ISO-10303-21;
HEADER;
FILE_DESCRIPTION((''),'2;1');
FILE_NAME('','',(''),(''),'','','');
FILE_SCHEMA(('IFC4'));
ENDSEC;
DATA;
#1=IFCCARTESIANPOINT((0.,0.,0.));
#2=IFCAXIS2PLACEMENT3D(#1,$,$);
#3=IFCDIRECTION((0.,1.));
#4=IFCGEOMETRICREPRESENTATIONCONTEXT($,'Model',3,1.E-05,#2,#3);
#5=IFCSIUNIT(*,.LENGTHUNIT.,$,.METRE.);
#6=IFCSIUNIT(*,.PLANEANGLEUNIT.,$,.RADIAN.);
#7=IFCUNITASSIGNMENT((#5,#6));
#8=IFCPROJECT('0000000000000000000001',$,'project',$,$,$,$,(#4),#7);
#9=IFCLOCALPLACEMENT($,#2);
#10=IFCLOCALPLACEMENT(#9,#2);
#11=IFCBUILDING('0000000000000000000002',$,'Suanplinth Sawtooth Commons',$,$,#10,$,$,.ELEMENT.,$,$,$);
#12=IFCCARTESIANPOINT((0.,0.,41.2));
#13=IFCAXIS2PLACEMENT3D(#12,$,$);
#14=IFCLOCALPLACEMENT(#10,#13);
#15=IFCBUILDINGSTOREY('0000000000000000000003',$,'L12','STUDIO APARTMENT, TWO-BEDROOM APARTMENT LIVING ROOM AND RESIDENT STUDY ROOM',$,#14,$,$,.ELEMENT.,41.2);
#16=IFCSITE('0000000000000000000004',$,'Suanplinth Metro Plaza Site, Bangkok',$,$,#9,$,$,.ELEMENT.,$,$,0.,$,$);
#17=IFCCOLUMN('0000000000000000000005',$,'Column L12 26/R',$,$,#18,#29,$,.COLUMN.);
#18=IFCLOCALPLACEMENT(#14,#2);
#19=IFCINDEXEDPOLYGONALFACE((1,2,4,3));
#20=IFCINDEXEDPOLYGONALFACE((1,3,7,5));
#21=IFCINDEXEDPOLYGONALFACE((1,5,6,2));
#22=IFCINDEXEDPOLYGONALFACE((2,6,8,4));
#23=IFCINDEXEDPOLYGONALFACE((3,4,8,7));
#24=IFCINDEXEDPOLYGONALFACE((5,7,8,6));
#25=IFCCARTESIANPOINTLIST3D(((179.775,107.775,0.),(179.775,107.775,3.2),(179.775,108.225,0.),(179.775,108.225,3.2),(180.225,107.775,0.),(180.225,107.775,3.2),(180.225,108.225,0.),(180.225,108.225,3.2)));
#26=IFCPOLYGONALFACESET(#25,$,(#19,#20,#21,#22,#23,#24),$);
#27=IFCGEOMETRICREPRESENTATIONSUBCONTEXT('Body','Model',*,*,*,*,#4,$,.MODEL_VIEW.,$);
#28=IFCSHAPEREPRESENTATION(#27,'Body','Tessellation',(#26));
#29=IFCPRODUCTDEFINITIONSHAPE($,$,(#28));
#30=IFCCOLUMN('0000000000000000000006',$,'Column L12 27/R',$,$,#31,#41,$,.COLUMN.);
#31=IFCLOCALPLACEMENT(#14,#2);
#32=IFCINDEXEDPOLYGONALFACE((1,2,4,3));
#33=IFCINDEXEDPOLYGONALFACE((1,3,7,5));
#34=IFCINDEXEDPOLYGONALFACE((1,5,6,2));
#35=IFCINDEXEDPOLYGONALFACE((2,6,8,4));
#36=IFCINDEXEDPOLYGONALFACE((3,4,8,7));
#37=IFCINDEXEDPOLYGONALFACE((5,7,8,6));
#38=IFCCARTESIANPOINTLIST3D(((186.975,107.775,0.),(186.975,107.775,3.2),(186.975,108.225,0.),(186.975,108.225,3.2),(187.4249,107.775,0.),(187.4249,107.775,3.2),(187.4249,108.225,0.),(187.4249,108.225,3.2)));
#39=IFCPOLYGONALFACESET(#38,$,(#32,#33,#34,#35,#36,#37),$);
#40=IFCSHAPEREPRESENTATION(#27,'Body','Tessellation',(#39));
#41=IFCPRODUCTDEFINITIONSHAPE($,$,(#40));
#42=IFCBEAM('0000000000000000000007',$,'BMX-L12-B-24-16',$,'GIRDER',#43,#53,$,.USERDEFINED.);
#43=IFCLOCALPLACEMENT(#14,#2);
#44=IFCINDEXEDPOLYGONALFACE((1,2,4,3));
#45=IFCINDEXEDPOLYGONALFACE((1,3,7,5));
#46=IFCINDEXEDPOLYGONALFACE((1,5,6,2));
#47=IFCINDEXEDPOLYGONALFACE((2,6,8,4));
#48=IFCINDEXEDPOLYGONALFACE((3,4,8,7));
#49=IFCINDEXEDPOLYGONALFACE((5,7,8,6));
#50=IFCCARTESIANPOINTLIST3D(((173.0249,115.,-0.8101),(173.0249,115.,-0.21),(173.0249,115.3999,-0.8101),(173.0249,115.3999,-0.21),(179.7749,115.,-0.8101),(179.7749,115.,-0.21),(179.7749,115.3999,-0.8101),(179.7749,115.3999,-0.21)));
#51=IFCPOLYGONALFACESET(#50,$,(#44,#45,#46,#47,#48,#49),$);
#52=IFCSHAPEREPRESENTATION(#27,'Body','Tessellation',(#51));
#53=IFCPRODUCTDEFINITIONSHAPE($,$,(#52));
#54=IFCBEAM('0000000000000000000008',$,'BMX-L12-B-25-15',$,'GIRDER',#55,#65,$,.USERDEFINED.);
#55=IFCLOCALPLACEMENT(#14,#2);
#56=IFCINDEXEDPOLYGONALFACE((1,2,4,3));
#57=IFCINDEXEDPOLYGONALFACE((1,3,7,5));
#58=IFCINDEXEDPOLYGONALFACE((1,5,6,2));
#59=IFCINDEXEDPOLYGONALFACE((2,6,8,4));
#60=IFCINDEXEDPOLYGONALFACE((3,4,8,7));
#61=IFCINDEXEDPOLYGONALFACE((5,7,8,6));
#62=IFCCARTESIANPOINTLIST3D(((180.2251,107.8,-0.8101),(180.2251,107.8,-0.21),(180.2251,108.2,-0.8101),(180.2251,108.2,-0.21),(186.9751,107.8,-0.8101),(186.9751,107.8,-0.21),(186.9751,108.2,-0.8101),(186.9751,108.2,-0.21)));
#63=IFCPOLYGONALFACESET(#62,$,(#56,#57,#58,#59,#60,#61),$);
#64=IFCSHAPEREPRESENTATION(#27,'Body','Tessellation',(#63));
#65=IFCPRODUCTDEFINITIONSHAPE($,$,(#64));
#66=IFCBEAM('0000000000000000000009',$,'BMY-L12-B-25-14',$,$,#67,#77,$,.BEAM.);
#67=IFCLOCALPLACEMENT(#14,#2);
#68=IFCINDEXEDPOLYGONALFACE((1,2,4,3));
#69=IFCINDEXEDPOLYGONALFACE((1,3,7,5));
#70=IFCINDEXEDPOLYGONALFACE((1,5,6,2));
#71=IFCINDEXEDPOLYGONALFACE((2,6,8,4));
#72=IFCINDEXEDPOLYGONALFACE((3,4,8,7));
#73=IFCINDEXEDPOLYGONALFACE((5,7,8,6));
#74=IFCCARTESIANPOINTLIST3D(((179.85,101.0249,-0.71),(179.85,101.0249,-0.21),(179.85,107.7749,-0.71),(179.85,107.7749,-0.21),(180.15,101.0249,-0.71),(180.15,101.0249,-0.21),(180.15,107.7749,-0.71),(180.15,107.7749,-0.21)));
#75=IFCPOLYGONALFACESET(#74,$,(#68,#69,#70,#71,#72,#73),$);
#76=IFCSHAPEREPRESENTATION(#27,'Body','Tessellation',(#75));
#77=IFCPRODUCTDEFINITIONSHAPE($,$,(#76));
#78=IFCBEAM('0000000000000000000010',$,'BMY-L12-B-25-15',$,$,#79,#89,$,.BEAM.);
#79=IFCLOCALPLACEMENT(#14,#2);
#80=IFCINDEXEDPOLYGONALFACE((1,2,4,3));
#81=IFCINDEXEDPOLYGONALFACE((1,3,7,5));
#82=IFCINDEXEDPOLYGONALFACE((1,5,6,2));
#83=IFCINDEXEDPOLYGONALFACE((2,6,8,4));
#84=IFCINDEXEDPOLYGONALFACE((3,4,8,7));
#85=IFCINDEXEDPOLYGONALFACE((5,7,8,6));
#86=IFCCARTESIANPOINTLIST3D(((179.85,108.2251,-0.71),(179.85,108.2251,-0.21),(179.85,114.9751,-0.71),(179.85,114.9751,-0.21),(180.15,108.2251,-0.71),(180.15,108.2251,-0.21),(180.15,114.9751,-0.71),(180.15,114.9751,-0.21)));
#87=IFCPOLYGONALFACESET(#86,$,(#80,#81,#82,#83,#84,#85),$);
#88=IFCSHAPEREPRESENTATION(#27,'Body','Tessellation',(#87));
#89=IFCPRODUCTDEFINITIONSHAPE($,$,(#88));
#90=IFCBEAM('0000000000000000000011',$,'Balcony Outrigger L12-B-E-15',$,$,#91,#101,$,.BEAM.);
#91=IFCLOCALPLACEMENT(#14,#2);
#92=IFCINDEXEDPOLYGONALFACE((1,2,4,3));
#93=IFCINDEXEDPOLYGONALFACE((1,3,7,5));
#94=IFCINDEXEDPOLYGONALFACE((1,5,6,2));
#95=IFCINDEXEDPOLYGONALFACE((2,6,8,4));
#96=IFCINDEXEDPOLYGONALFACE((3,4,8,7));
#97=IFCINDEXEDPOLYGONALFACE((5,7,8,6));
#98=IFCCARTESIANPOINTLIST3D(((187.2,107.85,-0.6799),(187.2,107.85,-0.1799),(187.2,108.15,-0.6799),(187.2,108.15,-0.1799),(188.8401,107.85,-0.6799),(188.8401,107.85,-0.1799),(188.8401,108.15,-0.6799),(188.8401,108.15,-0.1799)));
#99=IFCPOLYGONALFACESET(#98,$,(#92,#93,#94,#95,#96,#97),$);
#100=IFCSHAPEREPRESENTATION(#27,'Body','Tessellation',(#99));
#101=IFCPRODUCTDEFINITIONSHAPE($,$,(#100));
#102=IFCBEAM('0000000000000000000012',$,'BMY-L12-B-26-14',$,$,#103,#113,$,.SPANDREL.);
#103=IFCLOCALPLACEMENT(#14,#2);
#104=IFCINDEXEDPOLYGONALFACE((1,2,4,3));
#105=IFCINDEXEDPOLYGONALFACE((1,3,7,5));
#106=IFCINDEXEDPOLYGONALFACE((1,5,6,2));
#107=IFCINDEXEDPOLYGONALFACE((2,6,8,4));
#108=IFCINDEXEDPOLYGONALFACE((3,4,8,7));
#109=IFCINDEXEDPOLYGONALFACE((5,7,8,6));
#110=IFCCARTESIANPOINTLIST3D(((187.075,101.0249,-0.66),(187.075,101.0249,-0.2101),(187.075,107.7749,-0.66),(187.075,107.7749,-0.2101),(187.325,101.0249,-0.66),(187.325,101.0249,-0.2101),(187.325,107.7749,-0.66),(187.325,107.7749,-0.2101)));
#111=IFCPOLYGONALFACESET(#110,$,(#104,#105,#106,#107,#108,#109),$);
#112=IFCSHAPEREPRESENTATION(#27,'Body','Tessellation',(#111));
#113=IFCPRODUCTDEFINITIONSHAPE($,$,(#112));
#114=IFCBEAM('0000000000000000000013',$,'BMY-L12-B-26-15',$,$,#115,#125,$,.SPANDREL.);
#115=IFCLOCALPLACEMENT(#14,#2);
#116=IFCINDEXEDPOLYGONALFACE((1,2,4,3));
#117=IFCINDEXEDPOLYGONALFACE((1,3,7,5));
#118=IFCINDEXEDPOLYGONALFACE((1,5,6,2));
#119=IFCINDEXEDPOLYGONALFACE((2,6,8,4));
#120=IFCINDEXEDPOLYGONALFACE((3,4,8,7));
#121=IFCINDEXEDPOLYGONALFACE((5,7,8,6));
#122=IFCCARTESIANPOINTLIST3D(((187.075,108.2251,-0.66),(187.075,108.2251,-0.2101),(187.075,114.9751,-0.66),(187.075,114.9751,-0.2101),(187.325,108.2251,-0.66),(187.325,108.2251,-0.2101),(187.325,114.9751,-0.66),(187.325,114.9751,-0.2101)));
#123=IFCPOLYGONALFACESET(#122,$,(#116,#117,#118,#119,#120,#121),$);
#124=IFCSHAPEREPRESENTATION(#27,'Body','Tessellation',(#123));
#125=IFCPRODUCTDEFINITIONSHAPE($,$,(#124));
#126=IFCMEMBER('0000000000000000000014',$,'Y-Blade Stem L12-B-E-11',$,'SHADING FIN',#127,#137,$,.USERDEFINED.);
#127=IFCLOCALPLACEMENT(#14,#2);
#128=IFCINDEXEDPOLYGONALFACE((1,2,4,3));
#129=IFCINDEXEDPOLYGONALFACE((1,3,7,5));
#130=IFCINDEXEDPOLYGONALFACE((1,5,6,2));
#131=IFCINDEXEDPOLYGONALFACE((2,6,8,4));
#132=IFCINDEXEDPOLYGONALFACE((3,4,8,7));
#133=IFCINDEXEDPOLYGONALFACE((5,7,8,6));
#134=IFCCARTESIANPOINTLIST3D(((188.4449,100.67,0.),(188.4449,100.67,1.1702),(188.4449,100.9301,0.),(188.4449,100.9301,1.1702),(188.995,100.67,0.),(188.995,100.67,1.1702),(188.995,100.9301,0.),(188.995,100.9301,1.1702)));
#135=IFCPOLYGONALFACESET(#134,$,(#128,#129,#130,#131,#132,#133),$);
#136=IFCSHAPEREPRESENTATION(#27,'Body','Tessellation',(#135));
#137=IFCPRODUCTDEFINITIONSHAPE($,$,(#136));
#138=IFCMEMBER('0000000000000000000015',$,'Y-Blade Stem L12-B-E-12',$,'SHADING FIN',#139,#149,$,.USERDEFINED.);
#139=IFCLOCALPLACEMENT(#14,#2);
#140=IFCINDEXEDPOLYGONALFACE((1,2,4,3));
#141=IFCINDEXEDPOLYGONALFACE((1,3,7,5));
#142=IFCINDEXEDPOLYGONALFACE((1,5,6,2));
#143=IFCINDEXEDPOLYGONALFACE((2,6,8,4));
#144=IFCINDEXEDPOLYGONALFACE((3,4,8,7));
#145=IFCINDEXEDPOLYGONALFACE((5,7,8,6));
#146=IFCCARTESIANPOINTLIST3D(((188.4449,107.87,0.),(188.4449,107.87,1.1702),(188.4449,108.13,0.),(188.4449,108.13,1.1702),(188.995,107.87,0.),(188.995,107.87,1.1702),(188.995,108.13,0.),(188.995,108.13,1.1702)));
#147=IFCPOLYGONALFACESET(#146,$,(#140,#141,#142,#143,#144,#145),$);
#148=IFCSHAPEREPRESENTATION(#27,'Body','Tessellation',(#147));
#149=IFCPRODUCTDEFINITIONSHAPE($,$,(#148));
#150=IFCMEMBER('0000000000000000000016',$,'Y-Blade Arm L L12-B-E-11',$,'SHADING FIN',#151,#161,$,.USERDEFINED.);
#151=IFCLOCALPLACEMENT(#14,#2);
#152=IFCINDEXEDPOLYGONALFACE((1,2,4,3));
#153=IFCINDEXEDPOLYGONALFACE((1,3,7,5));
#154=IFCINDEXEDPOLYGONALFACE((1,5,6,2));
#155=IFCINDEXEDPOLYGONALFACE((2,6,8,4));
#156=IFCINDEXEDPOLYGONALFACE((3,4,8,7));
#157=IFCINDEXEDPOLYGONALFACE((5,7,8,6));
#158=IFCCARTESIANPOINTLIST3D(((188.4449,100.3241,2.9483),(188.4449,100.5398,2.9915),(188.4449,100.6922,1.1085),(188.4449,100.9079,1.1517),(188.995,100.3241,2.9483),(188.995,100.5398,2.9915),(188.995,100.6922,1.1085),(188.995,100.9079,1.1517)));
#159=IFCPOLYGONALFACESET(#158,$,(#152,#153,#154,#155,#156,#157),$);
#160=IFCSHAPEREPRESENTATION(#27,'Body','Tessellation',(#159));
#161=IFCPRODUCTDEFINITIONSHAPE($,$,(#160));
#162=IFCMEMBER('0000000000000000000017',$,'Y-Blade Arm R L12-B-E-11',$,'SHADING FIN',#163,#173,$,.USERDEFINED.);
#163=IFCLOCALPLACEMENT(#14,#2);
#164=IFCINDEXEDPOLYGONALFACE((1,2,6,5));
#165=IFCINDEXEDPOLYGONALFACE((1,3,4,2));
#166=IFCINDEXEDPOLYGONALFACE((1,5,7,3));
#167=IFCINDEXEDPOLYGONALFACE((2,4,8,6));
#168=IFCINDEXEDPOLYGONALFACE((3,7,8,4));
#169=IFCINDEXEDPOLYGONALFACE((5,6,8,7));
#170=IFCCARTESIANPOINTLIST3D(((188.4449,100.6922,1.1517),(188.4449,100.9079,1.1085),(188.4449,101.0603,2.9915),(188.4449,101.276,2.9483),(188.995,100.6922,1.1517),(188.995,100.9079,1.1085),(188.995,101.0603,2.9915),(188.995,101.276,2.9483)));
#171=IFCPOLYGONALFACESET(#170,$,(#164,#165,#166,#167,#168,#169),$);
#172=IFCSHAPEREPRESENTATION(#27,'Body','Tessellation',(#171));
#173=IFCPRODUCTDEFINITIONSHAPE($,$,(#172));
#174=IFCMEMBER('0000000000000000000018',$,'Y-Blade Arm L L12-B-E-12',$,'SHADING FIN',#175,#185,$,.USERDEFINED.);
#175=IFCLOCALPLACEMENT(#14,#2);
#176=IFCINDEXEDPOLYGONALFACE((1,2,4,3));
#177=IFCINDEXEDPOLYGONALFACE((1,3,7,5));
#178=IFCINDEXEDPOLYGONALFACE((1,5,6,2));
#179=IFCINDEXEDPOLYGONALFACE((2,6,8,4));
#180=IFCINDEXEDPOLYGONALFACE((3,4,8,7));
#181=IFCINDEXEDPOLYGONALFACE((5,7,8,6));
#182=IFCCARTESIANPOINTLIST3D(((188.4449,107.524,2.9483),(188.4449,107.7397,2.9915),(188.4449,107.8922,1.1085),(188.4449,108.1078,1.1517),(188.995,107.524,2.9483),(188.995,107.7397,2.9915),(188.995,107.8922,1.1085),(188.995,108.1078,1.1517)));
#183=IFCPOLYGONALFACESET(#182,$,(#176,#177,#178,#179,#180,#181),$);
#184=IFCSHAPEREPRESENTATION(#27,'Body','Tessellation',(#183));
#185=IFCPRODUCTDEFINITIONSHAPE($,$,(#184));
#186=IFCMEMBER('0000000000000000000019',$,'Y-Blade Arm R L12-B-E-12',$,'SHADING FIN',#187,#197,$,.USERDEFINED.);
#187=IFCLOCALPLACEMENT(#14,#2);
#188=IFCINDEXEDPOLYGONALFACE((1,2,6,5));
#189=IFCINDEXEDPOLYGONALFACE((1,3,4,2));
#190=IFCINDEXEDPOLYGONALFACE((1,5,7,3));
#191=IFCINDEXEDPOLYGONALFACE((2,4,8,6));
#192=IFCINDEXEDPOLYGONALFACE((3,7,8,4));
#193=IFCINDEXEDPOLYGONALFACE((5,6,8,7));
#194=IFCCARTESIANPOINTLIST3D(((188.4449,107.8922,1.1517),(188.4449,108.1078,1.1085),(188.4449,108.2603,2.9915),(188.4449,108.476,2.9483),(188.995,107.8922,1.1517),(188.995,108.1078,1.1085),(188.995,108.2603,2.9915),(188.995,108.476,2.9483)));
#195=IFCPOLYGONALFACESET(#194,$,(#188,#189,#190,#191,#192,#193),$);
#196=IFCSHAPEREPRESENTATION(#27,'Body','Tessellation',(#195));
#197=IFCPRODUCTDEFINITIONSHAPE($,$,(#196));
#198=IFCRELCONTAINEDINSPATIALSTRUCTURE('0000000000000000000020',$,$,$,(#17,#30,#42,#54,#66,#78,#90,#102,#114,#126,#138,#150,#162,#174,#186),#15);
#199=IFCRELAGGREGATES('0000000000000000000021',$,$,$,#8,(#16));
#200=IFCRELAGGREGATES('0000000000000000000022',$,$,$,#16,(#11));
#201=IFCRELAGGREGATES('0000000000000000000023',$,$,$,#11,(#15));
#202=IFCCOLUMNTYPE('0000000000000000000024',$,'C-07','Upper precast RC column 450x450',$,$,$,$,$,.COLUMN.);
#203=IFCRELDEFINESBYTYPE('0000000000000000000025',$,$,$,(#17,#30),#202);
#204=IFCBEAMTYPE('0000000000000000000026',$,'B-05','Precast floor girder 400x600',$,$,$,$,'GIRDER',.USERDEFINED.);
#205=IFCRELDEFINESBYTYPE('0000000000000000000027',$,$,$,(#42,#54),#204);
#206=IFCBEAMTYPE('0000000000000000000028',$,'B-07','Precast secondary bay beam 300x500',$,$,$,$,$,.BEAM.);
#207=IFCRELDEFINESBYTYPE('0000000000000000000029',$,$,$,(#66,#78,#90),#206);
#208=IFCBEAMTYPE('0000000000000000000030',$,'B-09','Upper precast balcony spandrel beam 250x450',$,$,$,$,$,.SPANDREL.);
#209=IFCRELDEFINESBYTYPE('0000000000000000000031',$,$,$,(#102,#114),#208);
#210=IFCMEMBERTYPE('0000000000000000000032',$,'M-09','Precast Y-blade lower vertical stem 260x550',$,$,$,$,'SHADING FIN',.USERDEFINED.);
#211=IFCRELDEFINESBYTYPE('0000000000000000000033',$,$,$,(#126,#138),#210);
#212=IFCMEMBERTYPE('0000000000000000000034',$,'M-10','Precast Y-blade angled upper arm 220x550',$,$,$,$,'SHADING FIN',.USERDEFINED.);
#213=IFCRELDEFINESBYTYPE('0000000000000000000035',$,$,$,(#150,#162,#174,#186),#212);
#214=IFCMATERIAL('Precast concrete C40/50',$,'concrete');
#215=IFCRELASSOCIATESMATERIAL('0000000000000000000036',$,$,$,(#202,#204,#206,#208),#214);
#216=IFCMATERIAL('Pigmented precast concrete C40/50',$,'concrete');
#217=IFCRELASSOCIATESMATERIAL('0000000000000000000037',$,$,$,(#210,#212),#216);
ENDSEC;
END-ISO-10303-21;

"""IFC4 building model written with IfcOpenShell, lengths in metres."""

from ifc_helpers import new_model, si_unit, direction, frame, origin, origin_2d, place, context, subcontext, project, spatial, rectangle, extrude, material, material_profile, profile_set, type_object, element, save


model = new_model("IFC4")

# Units and contexts
model_context = context("Model", 3, precision=1e-05, world=origin(), true_north=direction((0.0, 1.0)))
body_context = subcontext(model_context, "Body", "Model", "MODEL_VIEW")
ifc_project = project(units=[si_unit("LENGTHUNIT", "METRE"), si_unit("PLANEANGLEUNIT", "RADIAN")], contexts=[model_context])

# Site, building, storey
site_placement = place(None, origin())
site = spatial("IfcSite", under=ifc_project, at=site_placement, Name="Suanplinth Metro Plaza Site, Bangkok", CompositionType="ELEMENT", RefElevation=0.0)
building_placement = place(site_placement, origin())
building = spatial("IfcBuilding", under=site, at=building_placement, Name="Suanplinth Sawtooth Commons", CompositionType="ELEMENT")
storey_placement = place(building_placement, frame((0.0, 0.0, 41.2)))
storey = spatial("IfcBuildingStorey", under=building, at=storey_placement, Name="L12", Description="STUDIO APARTMENT, TWO-BEDROOM APARTMENT LIVING ROOM AND RESIDENT STUDY ROOM", CompositionType="ELEMENT", Elevation=41.2)

# Columns
ifc_material_1 = material(Name="Precast concrete C40/50", Category="concrete")
ifc_material_profile_1 = material_profile(ifc_material_1, rectangle(XDim=0.45, YDim=0.45, at=origin_2d()), Name="PC-COL 450x450")
ifc_profile_set_1 = profile_set([ifc_material_profile_1], Name="Precast concrete C40/50")
column_type = type_object("IfcColumnType", Name="C-07", Description="Upper precast RC column 450x450", PredefinedType="COLUMN", material=ifc_profile_set_1)
for number, where, z_axis, x_axis, name in (
    (1, (180.0, 108.0, 0.0), (0.0, 0.0, 1.0), (1.0, 0.0, 0.0), "Column L12 26/R"),
    (2, (187.2, 108.0, 0.0), (0.0, 0.0, 1.0), (1.0, 0.0, 0.0), "Column L12 27/R"),
):
    element("IfcColumn", number, at=place(storey_placement, frame(where, z_axis=z_axis, x_axis=x_axis)), inside=storey, type_object=column_type, Name=name, PredefinedType="COLUMN", context=body_context, shape_type="SweptSolid", body=[
        extrude(rectangle(XDim=0.45, YDim=0.45, at=origin_2d()), origin(), (0.0, 0.0, 1.0), 3.2),
    ])

# Beams
ifc_material_profile_2 = material_profile(ifc_material_1, rectangle(XDim=0.3999, YDim=0.6001, at=origin_2d()), Name="PC-GDR 400x600")
ifc_profile_set_2 = profile_set([ifc_material_profile_2], Name="Precast concrete C40/50")
beam_type_1 = type_object("IfcBeamType", Name="B-05", Description="Precast floor girder 400x600", ElementType="GIRDER", PredefinedType="USERDEFINED", material=ifc_profile_set_2)
for number, where, z_axis, x_axis, name in (
    (3, (173.0249, 115.2, -0.51), (1.0, 0.0, 0.0), (0.0, 1.0, 0.0), "BMX-L12-B-24-16"),
    (4, (180.2251, 108.0, -0.51), (1.0, 0.0, 0.0), (0.0, 1.0, 0.0), "BMX-L12-B-25-15"),
):
    element("IfcBeam", number, at=place(storey_placement, frame(where, z_axis=z_axis, x_axis=x_axis)), inside=storey, type_object=beam_type_1, Name=name, ObjectType="GIRDER", PredefinedType="USERDEFINED", context=body_context, shape_type="SweptSolid", body=[
        extrude(rectangle(XDim=0.3999, YDim=0.6001, at=origin_2d()), origin(), (0.0, 0.0, 1.0), 6.75),
    ])
ifc_material_profile_3 = material_profile(ifc_material_1, rectangle(XDim=0.3, YDim=0.5, at=origin_2d()), Name="PC-BM 300x500")
ifc_profile_set_3 = profile_set([ifc_material_profile_3], Name="Precast concrete C40/50")
beam_type_2 = type_object("IfcBeamType", Name="B-07", Description="Precast secondary bay beam 300x500", PredefinedType="BEAM", material=ifc_profile_set_3)
for number, where, z_axis, x_axis, name in (
    (5, (180.0, 101.0249, -0.46), (0.0, 1.0, 0.0), (-1.0, 0.0, 0.0), "BMY-L12-B-25-14"),
    (6, (180.0, 108.2251, -0.46), (0.0, 1.0, 0.0), (-1.0, 0.0, 0.0), "BMY-L12-B-25-15"),
):
    element("IfcBeam", number, at=place(storey_placement, frame(where, z_axis=z_axis, x_axis=x_axis)), inside=storey, type_object=beam_type_2, Name=name, PredefinedType="BEAM", context=body_context, shape_type="SweptSolid", body=[
        extrude(rectangle(XDim=0.3, YDim=0.5, at=origin_2d()), origin(), (0.0, 0.0, 1.0), 6.75),
    ])
beam_placement = place(storey_placement, frame((187.2, 108.0, -0.4299), z_axis=(1.0, 0.0, 0.0), x_axis=(0.0, 1.0, 0.0)))
element("IfcBeam", 7, at=beam_placement, inside=storey, type_object=beam_type_2, Name="Balcony Outrigger L12-B-E-15", PredefinedType="BEAM", context=body_context, shape_type="SweptSolid", body=[
    extrude(rectangle(XDim=0.3, YDim=0.5, at=origin_2d()), origin(), (0.0, 0.0, 1.0), 1.6401),
])
ifc_material_profile_4 = material_profile(ifc_material_1, rectangle(XDim=0.25, YDim=0.45, at=origin_2d()), Name="PC-SP 250x450")
ifc_profile_set_4 = profile_set([ifc_material_profile_4], Name="Precast concrete C40/50")
beam_type_3 = type_object("IfcBeamType", Name="B-09", Description="Upper precast balcony spandrel beam 250x450", PredefinedType="SPANDREL", material=ifc_profile_set_4)
for number, where, z_axis, x_axis, name in (
    (8, (187.2, 101.0249, -0.4351), (0.0, 1.0, 0.0), (-1.0, 0.0, 0.0), "BMY-L12-B-26-14"),
    (9, (187.2, 108.2251, -0.4351), (0.0, 1.0, 0.0), (-1.0, 0.0, 0.0), "BMY-L12-B-26-15"),
):
    element("IfcBeam", number, at=place(storey_placement, frame(where, z_axis=z_axis, x_axis=x_axis)), inside=storey, type_object=beam_type_3, Name=name, PredefinedType="SPANDREL", context=body_context, shape_type="SweptSolid", body=[
        extrude(rectangle(XDim=0.25, YDim=0.45, at=origin_2d()), origin(), (0.0, 0.0, 1.0), 6.75),
    ])

# Members
ifc_material_2 = material(Name="Pigmented precast concrete C40/50", Category="concrete")
ifc_material_profile_5 = material_profile(ifc_material_2, rectangle(XDim=0.26, YDim=0.55, at=origin_2d()), Name="PC-FIN 260x550")
ifc_profile_set_5 = profile_set([ifc_material_profile_5], Name="Pigmented precast concrete C40/50")
member_type_1 = type_object("IfcMemberType", Name="M-09", Description="Precast Y-blade lower vertical stem 260x550", ElementType="SHADING FIN", PredefinedType="USERDEFINED", material=ifc_profile_set_5)
for number, where, z_axis, x_axis, name in (
    (10, (188.72, 100.8, 0.0), (0.0, 0.0, 1.0), (0.0, 1.0, 0.0), "Y-Blade Stem L12-B-E-11"),
    (11, (188.72, 108.0, 0.0), (0.0, 0.0, 1.0), (0.0, 1.0, 0.0), "Y-Blade Stem L12-B-E-12"),
):
    element("IfcMember", number, at=place(storey_placement, frame(where, z_axis=z_axis, x_axis=x_axis)), inside=storey, type_object=member_type_1, Name=name, ObjectType="SHADING FIN", PredefinedType="USERDEFINED", context=body_context, shape_type="SweptSolid", body=[
        extrude(rectangle(XDim=0.26, YDim=0.55, at=origin_2d()), origin(), (0.0, 0.0, 1.0), 1.1702),
    ])
ifc_material_profile_6 = material_profile(ifc_material_2, rectangle(XDim=0.22, YDim=0.55, at=origin_2d()), Name="PC-FIN 220x550")
ifc_profile_set_6 = profile_set([ifc_material_profile_6], Name="Pigmented precast concrete C40/50")
member_type_2 = type_object("IfcMemberType", Name="M-10", Description="Precast Y-blade angled upper arm 220x550", ElementType="SHADING FIN", PredefinedType="USERDEFINED", material=ifc_profile_set_6)
for number, where, z_axis, x_axis, name in (
    (12, (188.72, 100.8, 1.1301), (0.0, -0.196216, 0.980561), (0.0, 0.980561, 0.196216), "Y-Blade Arm L L12-B-E-11"),
    (13, (188.72, 100.8, 1.1301), (0.0, 0.196216, 0.980561), (0.0, -0.980561, 0.196216), "Y-Blade Arm R L12-B-E-11"),
    (14, (188.72, 108.0, 1.1301), (0.0, -0.196216, 0.980561), (0.0, 0.980561, 0.196216), "Y-Blade Arm L L12-B-E-12"),
    (15, (188.72, 108.0, 1.1301), (0.0, 0.196216, 0.980561), (0.0, -0.980561, 0.196216), "Y-Blade Arm R L12-B-E-12"),
):
    element("IfcMember", number, at=place(storey_placement, frame(where, z_axis=z_axis, x_axis=x_axis)), inside=storey, type_object=member_type_2, Name=name, ObjectType="SHADING FIN", PredefinedType="USERDEFINED", context=body_context, shape_type="SweptSolid", body=[
        extrude(rectangle(XDim=0.22, YDim=0.55, at=origin_2d()), origin(), (0.0, 0.0, 1.0), 1.8762),
    ])

save(model, "model.ifc")
